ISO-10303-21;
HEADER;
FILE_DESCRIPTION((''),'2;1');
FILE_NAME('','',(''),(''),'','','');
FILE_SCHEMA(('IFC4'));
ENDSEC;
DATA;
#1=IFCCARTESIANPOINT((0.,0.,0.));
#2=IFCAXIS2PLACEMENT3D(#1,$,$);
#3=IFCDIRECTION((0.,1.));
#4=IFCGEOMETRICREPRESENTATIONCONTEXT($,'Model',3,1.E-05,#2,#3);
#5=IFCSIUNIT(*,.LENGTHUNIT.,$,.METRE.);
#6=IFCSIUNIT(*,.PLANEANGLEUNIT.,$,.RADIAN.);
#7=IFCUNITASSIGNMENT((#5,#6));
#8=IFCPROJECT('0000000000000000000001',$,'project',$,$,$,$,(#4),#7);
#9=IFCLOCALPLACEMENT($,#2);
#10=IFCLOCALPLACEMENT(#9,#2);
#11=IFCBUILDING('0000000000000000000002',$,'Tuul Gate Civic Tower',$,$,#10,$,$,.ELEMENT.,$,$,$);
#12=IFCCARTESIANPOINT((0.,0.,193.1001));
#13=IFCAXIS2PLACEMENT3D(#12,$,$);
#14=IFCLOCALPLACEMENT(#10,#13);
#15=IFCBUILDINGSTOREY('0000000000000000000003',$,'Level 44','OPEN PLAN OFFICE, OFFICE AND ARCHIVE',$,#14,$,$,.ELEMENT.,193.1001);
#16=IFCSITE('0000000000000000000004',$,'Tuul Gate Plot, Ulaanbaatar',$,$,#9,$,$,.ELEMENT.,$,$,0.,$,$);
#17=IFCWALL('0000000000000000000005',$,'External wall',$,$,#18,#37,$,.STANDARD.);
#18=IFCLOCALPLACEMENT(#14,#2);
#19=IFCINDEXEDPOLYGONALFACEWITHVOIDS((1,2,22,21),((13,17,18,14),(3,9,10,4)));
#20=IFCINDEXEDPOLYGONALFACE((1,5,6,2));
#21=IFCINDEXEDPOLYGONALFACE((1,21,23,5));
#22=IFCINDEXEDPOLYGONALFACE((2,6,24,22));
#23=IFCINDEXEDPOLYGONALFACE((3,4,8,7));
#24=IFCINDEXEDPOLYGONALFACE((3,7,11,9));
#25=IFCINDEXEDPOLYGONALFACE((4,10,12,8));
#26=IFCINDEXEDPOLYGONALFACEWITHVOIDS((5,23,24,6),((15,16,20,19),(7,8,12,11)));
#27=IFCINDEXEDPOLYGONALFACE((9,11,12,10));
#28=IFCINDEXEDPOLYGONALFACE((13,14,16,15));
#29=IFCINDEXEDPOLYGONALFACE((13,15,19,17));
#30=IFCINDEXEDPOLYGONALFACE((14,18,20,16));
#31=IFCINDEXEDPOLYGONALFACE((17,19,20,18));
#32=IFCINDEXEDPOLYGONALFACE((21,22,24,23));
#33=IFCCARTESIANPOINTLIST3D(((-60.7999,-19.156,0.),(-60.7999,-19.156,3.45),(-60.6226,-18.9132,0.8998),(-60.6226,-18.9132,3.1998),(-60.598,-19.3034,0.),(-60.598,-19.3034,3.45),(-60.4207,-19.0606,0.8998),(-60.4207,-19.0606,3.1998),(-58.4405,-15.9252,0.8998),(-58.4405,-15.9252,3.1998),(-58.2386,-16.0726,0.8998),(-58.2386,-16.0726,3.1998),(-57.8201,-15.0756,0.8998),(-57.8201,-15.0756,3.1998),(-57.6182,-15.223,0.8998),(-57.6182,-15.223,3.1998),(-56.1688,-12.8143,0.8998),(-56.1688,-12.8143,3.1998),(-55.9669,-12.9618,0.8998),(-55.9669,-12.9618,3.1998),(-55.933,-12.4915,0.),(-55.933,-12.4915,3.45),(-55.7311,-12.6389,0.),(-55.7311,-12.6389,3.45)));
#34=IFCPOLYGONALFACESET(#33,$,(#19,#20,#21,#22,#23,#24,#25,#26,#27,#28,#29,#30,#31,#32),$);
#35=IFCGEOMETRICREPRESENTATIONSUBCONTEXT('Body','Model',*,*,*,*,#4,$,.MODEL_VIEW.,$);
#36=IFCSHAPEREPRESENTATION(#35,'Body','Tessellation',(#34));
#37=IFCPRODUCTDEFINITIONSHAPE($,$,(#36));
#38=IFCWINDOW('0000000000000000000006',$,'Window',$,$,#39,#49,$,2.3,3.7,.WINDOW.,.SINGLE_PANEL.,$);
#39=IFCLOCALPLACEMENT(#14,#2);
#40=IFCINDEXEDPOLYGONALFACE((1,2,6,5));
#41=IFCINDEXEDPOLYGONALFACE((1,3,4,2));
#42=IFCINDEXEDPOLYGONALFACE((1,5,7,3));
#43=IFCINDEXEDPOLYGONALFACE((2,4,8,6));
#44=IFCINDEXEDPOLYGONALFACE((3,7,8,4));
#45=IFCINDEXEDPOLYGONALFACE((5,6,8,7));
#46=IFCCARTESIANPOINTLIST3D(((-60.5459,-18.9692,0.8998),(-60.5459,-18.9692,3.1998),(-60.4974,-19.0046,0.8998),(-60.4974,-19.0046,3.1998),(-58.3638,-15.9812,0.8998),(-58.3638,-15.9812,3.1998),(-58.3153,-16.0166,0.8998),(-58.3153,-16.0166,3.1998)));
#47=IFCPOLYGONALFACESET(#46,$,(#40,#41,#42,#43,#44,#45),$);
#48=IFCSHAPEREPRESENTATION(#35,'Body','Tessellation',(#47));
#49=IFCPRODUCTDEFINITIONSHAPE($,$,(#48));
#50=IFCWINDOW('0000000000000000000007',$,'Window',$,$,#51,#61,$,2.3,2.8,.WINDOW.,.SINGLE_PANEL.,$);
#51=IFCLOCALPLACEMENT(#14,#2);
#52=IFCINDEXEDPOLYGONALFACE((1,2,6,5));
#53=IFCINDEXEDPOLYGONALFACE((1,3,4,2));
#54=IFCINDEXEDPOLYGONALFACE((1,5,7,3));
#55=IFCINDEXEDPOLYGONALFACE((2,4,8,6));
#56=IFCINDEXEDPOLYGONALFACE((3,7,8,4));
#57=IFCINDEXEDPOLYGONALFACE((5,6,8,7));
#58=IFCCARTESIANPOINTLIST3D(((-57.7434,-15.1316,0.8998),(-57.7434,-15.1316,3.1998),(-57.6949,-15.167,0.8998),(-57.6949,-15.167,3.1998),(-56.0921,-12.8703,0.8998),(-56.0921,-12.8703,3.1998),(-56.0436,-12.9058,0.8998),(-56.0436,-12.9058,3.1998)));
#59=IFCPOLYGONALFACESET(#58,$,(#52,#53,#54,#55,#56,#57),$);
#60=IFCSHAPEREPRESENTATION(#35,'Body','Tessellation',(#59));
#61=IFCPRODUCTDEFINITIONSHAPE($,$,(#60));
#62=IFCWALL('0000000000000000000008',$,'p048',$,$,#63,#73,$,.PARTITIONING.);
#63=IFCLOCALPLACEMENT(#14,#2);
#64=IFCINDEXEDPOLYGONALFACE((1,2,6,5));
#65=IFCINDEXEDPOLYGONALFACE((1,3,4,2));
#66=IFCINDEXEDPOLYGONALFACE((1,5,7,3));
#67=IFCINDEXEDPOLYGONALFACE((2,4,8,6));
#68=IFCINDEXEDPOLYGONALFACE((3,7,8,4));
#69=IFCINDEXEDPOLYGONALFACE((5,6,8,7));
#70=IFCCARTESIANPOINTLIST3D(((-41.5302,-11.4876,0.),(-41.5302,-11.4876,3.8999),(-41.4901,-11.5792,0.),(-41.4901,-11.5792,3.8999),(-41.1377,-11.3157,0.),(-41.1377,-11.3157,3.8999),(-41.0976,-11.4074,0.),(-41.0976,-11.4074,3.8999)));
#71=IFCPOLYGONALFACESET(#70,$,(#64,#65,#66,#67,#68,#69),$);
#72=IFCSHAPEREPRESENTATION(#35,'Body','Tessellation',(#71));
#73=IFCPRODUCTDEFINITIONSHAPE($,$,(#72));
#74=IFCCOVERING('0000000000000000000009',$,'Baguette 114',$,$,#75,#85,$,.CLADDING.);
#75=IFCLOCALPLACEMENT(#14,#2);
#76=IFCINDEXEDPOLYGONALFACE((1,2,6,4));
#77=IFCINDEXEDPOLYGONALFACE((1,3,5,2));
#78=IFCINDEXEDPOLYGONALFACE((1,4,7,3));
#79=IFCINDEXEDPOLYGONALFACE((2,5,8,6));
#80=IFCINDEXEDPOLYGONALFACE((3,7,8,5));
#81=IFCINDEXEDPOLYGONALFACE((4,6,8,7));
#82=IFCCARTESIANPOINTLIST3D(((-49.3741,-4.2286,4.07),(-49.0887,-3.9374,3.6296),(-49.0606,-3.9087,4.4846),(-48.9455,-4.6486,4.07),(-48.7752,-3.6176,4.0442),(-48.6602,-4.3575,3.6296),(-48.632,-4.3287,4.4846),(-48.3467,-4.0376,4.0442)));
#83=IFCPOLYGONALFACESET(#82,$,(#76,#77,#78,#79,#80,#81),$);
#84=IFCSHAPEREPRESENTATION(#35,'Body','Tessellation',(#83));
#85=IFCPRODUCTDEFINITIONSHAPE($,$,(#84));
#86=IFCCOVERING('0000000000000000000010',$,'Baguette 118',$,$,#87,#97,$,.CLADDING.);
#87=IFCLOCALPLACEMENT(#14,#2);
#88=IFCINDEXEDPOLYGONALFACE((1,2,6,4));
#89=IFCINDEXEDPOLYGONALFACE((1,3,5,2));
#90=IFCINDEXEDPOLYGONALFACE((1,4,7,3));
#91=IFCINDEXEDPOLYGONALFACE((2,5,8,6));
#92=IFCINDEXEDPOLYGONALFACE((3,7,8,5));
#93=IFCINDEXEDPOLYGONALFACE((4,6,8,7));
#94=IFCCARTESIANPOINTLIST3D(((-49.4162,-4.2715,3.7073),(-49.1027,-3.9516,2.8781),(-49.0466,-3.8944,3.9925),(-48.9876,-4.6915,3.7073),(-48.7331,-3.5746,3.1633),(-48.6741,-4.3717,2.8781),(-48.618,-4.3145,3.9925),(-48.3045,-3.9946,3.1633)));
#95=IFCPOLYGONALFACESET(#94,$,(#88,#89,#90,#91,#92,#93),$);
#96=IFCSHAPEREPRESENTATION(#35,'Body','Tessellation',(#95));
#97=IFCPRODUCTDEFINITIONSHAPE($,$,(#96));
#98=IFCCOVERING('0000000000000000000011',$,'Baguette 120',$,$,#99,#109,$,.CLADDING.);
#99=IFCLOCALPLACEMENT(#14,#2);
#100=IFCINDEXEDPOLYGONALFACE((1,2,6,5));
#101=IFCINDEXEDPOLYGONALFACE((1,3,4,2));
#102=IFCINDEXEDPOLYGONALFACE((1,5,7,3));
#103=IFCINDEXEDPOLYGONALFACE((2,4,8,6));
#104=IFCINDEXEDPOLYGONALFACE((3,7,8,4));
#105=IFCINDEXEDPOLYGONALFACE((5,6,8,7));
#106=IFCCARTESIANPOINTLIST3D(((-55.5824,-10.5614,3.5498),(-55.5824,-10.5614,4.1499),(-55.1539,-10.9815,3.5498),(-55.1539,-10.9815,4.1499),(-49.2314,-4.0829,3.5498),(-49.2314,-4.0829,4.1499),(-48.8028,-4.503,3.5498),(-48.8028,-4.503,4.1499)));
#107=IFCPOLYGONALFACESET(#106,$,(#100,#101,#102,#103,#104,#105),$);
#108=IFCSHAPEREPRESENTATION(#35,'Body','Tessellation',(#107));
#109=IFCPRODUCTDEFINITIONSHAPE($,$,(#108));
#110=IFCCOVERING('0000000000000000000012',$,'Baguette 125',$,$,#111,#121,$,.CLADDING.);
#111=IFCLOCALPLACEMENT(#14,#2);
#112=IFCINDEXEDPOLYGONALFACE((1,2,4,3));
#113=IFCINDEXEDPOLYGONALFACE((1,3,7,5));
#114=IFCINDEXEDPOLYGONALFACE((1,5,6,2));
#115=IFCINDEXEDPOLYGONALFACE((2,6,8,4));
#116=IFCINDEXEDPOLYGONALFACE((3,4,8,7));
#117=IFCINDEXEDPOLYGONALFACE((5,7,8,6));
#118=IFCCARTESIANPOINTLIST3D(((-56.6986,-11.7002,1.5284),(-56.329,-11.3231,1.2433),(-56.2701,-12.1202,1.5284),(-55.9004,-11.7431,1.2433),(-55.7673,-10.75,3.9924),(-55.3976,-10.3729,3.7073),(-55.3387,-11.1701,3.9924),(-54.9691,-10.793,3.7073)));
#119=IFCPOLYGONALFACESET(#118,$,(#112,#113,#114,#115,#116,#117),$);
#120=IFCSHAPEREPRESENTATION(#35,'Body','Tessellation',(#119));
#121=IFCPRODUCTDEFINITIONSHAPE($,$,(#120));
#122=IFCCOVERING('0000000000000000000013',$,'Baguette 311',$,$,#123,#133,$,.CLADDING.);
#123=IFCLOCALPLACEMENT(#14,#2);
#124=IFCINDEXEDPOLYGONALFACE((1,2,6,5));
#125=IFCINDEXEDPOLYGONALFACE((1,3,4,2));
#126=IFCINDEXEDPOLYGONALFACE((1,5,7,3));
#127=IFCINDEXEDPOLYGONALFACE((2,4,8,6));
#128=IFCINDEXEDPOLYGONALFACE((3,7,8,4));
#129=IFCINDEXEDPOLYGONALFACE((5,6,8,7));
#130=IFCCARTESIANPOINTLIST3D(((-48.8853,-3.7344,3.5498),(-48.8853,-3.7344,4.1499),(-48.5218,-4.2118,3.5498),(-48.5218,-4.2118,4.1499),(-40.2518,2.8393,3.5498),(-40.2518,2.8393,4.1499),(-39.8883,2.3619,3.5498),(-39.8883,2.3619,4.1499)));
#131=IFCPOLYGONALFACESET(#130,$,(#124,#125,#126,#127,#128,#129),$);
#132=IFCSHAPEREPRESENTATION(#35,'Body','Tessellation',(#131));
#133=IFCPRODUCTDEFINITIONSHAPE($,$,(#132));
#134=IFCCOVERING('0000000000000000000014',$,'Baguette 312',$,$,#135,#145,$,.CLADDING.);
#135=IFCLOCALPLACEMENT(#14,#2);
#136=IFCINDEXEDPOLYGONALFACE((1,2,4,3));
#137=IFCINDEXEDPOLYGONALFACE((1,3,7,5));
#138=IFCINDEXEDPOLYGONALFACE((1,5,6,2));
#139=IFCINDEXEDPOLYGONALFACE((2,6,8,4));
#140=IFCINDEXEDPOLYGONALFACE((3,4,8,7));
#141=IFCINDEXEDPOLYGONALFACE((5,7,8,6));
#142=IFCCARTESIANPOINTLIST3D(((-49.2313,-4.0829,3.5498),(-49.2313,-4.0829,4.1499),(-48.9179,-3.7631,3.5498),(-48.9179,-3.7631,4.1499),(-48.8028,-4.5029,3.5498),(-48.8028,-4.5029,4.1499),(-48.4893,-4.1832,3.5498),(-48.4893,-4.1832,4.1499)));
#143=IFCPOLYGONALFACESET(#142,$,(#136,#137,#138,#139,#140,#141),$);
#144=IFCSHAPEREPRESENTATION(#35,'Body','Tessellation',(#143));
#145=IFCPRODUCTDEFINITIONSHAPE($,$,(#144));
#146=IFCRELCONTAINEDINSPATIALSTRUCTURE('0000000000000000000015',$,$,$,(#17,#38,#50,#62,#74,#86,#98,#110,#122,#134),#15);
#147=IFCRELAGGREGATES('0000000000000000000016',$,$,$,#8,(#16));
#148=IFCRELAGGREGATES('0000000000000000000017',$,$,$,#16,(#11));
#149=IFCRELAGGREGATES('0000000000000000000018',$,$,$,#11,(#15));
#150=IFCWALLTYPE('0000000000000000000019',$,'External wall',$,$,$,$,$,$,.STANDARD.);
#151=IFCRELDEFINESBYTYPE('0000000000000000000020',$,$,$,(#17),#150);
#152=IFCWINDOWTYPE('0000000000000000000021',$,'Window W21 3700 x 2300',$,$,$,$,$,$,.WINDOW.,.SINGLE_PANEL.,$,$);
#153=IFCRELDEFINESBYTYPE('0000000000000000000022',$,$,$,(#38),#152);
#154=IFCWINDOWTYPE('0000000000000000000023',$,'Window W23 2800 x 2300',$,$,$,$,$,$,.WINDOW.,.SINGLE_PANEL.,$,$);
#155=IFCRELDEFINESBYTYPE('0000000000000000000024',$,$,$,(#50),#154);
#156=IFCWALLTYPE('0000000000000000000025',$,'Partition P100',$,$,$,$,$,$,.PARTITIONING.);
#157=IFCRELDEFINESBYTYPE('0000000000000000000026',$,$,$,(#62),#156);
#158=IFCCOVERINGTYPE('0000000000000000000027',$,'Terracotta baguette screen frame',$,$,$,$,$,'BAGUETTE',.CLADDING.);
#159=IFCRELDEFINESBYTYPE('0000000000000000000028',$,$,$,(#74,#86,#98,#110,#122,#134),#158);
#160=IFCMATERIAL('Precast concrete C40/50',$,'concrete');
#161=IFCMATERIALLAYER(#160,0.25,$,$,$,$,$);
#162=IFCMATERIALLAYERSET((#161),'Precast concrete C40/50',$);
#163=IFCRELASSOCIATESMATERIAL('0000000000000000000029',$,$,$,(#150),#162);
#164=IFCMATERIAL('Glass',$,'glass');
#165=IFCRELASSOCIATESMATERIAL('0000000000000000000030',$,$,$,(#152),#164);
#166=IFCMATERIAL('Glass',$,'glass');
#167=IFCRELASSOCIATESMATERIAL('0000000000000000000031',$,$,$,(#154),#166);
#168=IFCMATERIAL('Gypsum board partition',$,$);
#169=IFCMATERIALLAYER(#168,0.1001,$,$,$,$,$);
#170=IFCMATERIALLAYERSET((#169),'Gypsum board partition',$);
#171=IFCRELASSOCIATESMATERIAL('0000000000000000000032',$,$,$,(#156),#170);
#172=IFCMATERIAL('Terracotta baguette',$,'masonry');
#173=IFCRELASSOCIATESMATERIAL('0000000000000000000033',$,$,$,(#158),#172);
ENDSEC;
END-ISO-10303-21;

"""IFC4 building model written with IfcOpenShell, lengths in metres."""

from ifc_helpers import new_model, si_unit, direction, frame, frame_2d, origin, origin_2d, place, context, subcontext, project, spatial, rectangle, extrude, material, layer, layer_set, material_profile, profile_set, type_object, element, fill, save


model = new_model("IFC4")

# Units and contexts
model_context = context("Model", 3, precision=1e-05, world=origin(), true_north=direction((0.0, 1.0)))
body_context = subcontext(model_context, "Body", "Model", "MODEL_VIEW")
ifc_project = project(units=[si_unit("LENGTHUNIT", "METRE"), si_unit("PLANEANGLEUNIT", "RADIAN")], contexts=[model_context])

# Site, building, storey
site_placement = place(None, origin())
site = spatial("IfcSite", under=ifc_project, at=site_placement, Name="Tuul Gate Plot, Ulaanbaatar", CompositionType="ELEMENT", RefElevation=0.0)
building_placement = place(site_placement, origin())
building = spatial("IfcBuilding", under=site, at=building_placement, Name="Tuul Gate Civic Tower", CompositionType="ELEMENT")
storey_placement = place(building_placement, frame((0.0, 0.0, 193.1001)))
storey = spatial("IfcBuildingStorey", under=building, at=storey_placement, Name="Level 44", Description="OPEN PLAN OFFICE, OFFICE AND ARCHIVE", CompositionType="ELEMENT", Elevation=193.1001)

# Wall, openings, windows
ifc_material_1 = material(Name="Precast concrete C40/50", Category="concrete")
ifc_layer_1 = layer(ifc_material_1, 0.25)
ifc_layer_set_1 = layer_set([ifc_layer_1], Name="Precast concrete C40/50")
wall_type_1 = type_object("IfcWallType", Name="External wall", PredefinedType="STANDARD", material=ifc_layer_set_1)
wall_1_placement = place(storey_placement, frame((-55.832, -12.5652, 0.0), z_axis=(0.0, 0.0, 1.0), x_axis=(-0.589755, -0.807582, 0.0)))
wall_1 = element("IfcWall", 1, at=wall_1_placement, inside=storey, type_object=wall_type_1, Name="External wall", PredefinedType="STANDARD", context=body_context, shape_type="SweptSolid", body=[
    extrude(rectangle(XDim=8.2524, YDim=0.25, at=frame_2d((4.1262, 0.0))), origin(), (0.0, 0.0, 1.0), 3.45),
])
opening_1_placement = place(wall_1_placement, frame((0.3999, 0.0, 0.8999)))
opening_1 = element("IfcOpeningElement", 2, at=opening_1_placement, cuts=wall_1, PredefinedType="OPENING", context=body_context, shape_type="SweptSolid", body=[
    extrude(rectangle(XDim=2.8, YDim=2.3, at=frame_2d((1.3999, 1.1499))), frame((0.0, 0.135, 0.0), z_axis=(0.0, -1.0, 0.0), x_axis=(1.0, 0.0, 0.0)), (0.0, 0.0, 1.0), 0.27),
])
opening_2_placement = place(wall_1_placement, frame((4.2517, 0.0, 0.8999)))
opening_2 = element("IfcOpeningElement", 3, at=opening_2_placement, cuts=wall_1, PredefinedType="OPENING", context=body_context, shape_type="SweptSolid", body=[
    extrude(rectangle(XDim=3.7, YDim=2.3, at=frame_2d((1.8501, 1.1499))), frame((0.0, 0.135, 0.0), z_axis=(0.0, -1.0, 0.0), x_axis=(1.0, 0.0, 0.0)), (0.0, 0.0, 1.0), 0.27),
])
ifc_material_2 = material(Name="Glass", Category="glass")
window_type_1 = type_object("IfcWindowType", Name="Window W21 3700 x 2300", PartitioningType="SINGLE_PANEL", PredefinedType="WINDOW", material=ifc_material_2)
window_1_placement = place(opening_2_placement, origin())
window_1 = element("IfcWindow", 4, at=window_1_placement, inside=storey, type_object=window_type_1, Name="Window", OverallHeight=2.3, OverallWidth=3.7, PartitioningType="SINGLE_PANEL", PredefinedType="WINDOW", context=body_context, shape_type="SweptSolid", body=[
    extrude(rectangle(XDim=3.7, YDim=2.3, at=frame_2d((1.8501, 1.1499))), frame((0.0, 0.03, 0.0), z_axis=(0.0, -1.0, 0.0), x_axis=(1.0, 0.0, 0.0)), (0.0, 0.0, 1.0), 0.0601),
])
fill(opening_2, window_1)
ifc_material_3 = material(Name="Glass", Category="glass")
window_type_2 = type_object("IfcWindowType", Name="Window W23 2800 x 2300", PartitioningType="SINGLE_PANEL", PredefinedType="WINDOW", material=ifc_material_3)
window_2_placement = place(opening_1_placement, origin())
window_2 = element("IfcWindow", 5, at=window_2_placement, inside=storey, type_object=window_type_2, Name="Window", OverallHeight=2.3, OverallWidth=2.8, PartitioningType="SINGLE_PANEL", PredefinedType="WINDOW", context=body_context, shape_type="SweptSolid", body=[
    extrude(rectangle(XDim=2.8, YDim=2.3, at=frame_2d((1.3999, 1.1499))), frame((0.0, 0.03, 0.0), z_axis=(0.0, -1.0, 0.0), x_axis=(1.0, 0.0, 0.0)), (0.0, 0.0, 1.0), 0.0601),
])
fill(opening_1, window_2)

# Wall
ifc_material_4 = material(Name="Gypsum board partition")
ifc_layer_2 = layer(ifc_material_4, 0.1001)
ifc_layer_set_2 = layer_set([ifc_layer_2], Name="Gypsum board partition")
wall_type_2 = type_object("IfcWallType", Name="Partition P100", PredefinedType="PARTITIONING", material=ifc_layer_set_2)
wall_2_placement = place(storey_placement, frame((-41.5103, -11.5334, 0.0), z_axis=(0.0, 0.0, 1.0), x_axis=(0.916053, 0.401058, 0.0)))
element("IfcWall", 6, at=wall_2_placement, inside=storey, type_object=wall_type_2, Name="p048", PredefinedType="PARTITIONING", context=body_context, shape_type="SweptSolid", body=[
    extrude(rectangle(XDim=0.4285, YDim=0.1001, at=frame_2d((0.2144, 0.0))), origin(), (0.0, 0.0, 1.0), 3.8999),
])

# Coverings
ifc_material_5 = material(Name="Terracotta baguette", Category="masonry")
ifc_material_profile_1 = material_profile(ifc_material_5, rectangle(XDim=0.6001, YDim=0.6001, at=origin_2d()), Name="Terracotta baguette screen frame")
ifc_profile_set_1 = profile_set([ifc_material_profile_1], Name="Terracotta baguette")
covering_type = type_object("IfcCoveringType", Name="Terracotta baguette screen frame", ElementType="BAGUETTE", PredefinedType="CLADDING", material=ifc_profile_set_1)
covering_1_placement = place(storey_placement, frame((-48.7036, -3.9731, 4.2644), z_axis=(-0.513684, -0.524086, -0.679311), x_axis=(0.714158, -0.699984, 0.0)))
element("IfcCovering", 7, at=covering_1_placement, inside=storey, type_object=covering_type, Name="Baguette 114", PredefinedType="CLADDING", context=body_context, shape_type="SweptSolid", body=[
    extrude(rectangle(XDim=0.6001, YDim=0.6001, at=origin_2d()), origin(), (0.0, 0.0, 1.0), 0.6104),
])
covering_2_placement = place(storey_placement, frame((-49.0171, -4.293, 3.8499), z_axis=(0.332665, 0.339401, -0.879853), x_axis=(-0.714158, 0.699984, 0.0)))
element("IfcCovering", 8, at=covering_2_placement, inside=storey, type_object=covering_type, Name="Baguette 118", PredefinedType="CLADDING", context=body_context, shape_type="SweptSolid", body=[
    extrude(rectangle(XDim=0.6001, YDim=0.6001, at=origin_2d()), origin(), (0.0, 0.0, 1.0), 0.9424),
])
covering_3_placement = place(storey_placement, frame((-49.0171, -4.293, 3.8499), z_axis=(-0.700048, -0.714096, 0.0), x_axis=(0.714096, -0.700048, 0.0)))
element("IfcCovering", 9, at=covering_3_placement, inside=storey, type_object=covering_type, Name="Baguette 120", PredefinedType="CLADDING", context=body_context, shape_type="SweptSolid", body=[
    extrude(rectangle(XDim=0.6001, YDim=0.6001, at=origin_2d()), origin(), (0.0, 0.0, 1.0), 9.0723),
])
covering_4_placement = place(storey_placement, frame((-55.3682, -10.7715, 3.8499), z_axis=(-0.332595, -0.339308, -0.879915), x_axis=(0.714136, -0.700007, 0.0)))
element("IfcCovering", 10, at=covering_4_placement, inside=storey, type_object=covering_type, Name="Baguette 125", PredefinedType="CLADDING", context=body_context, shape_type="SweptSolid", body=[
    extrude(rectangle(XDim=0.6001, YDim=0.6001, at=origin_2d()), origin(), (0.0, 0.0, 1.0), 2.8003),
])
covering_5_placement = place(storey_placement, frame((-40.0701, 2.6006, 3.8499), z_axis=(-0.795619, -0.605798, 0.0), x_axis=(0.605798, -0.795619, 0.0)))
element("IfcCovering", 11, at=covering_5_placement, inside=storey, type_object=covering_type, Name="Baguette 311", PredefinedType="CLADDING", context=body_context, shape_type="SweptSolid", body=[
    extrude(rectangle(XDim=0.6001, YDim=0.6001, at=origin_2d()), origin(), (0.0, 0.0, 1.0), 10.8513),
])
covering_6_placement = place(storey_placement, frame((-48.7036, -3.9731, 3.8499), z_axis=(-0.699984, -0.714158, 0.0), x_axis=(0.714158, -0.699984, 0.0)))
element("IfcCovering", 12, at=covering_6_placement, inside=storey, type_object=covering_type, Name="Baguette 312", PredefinedType="CLADDING", context=body_context, shape_type="SweptSolid", body=[
    extrude(rectangle(XDim=0.6001, YDim=0.6001, at=origin_2d()), origin(), (0.0, 0.0, 1.0), 0.4478),
])

save(model, "model.ifc")
